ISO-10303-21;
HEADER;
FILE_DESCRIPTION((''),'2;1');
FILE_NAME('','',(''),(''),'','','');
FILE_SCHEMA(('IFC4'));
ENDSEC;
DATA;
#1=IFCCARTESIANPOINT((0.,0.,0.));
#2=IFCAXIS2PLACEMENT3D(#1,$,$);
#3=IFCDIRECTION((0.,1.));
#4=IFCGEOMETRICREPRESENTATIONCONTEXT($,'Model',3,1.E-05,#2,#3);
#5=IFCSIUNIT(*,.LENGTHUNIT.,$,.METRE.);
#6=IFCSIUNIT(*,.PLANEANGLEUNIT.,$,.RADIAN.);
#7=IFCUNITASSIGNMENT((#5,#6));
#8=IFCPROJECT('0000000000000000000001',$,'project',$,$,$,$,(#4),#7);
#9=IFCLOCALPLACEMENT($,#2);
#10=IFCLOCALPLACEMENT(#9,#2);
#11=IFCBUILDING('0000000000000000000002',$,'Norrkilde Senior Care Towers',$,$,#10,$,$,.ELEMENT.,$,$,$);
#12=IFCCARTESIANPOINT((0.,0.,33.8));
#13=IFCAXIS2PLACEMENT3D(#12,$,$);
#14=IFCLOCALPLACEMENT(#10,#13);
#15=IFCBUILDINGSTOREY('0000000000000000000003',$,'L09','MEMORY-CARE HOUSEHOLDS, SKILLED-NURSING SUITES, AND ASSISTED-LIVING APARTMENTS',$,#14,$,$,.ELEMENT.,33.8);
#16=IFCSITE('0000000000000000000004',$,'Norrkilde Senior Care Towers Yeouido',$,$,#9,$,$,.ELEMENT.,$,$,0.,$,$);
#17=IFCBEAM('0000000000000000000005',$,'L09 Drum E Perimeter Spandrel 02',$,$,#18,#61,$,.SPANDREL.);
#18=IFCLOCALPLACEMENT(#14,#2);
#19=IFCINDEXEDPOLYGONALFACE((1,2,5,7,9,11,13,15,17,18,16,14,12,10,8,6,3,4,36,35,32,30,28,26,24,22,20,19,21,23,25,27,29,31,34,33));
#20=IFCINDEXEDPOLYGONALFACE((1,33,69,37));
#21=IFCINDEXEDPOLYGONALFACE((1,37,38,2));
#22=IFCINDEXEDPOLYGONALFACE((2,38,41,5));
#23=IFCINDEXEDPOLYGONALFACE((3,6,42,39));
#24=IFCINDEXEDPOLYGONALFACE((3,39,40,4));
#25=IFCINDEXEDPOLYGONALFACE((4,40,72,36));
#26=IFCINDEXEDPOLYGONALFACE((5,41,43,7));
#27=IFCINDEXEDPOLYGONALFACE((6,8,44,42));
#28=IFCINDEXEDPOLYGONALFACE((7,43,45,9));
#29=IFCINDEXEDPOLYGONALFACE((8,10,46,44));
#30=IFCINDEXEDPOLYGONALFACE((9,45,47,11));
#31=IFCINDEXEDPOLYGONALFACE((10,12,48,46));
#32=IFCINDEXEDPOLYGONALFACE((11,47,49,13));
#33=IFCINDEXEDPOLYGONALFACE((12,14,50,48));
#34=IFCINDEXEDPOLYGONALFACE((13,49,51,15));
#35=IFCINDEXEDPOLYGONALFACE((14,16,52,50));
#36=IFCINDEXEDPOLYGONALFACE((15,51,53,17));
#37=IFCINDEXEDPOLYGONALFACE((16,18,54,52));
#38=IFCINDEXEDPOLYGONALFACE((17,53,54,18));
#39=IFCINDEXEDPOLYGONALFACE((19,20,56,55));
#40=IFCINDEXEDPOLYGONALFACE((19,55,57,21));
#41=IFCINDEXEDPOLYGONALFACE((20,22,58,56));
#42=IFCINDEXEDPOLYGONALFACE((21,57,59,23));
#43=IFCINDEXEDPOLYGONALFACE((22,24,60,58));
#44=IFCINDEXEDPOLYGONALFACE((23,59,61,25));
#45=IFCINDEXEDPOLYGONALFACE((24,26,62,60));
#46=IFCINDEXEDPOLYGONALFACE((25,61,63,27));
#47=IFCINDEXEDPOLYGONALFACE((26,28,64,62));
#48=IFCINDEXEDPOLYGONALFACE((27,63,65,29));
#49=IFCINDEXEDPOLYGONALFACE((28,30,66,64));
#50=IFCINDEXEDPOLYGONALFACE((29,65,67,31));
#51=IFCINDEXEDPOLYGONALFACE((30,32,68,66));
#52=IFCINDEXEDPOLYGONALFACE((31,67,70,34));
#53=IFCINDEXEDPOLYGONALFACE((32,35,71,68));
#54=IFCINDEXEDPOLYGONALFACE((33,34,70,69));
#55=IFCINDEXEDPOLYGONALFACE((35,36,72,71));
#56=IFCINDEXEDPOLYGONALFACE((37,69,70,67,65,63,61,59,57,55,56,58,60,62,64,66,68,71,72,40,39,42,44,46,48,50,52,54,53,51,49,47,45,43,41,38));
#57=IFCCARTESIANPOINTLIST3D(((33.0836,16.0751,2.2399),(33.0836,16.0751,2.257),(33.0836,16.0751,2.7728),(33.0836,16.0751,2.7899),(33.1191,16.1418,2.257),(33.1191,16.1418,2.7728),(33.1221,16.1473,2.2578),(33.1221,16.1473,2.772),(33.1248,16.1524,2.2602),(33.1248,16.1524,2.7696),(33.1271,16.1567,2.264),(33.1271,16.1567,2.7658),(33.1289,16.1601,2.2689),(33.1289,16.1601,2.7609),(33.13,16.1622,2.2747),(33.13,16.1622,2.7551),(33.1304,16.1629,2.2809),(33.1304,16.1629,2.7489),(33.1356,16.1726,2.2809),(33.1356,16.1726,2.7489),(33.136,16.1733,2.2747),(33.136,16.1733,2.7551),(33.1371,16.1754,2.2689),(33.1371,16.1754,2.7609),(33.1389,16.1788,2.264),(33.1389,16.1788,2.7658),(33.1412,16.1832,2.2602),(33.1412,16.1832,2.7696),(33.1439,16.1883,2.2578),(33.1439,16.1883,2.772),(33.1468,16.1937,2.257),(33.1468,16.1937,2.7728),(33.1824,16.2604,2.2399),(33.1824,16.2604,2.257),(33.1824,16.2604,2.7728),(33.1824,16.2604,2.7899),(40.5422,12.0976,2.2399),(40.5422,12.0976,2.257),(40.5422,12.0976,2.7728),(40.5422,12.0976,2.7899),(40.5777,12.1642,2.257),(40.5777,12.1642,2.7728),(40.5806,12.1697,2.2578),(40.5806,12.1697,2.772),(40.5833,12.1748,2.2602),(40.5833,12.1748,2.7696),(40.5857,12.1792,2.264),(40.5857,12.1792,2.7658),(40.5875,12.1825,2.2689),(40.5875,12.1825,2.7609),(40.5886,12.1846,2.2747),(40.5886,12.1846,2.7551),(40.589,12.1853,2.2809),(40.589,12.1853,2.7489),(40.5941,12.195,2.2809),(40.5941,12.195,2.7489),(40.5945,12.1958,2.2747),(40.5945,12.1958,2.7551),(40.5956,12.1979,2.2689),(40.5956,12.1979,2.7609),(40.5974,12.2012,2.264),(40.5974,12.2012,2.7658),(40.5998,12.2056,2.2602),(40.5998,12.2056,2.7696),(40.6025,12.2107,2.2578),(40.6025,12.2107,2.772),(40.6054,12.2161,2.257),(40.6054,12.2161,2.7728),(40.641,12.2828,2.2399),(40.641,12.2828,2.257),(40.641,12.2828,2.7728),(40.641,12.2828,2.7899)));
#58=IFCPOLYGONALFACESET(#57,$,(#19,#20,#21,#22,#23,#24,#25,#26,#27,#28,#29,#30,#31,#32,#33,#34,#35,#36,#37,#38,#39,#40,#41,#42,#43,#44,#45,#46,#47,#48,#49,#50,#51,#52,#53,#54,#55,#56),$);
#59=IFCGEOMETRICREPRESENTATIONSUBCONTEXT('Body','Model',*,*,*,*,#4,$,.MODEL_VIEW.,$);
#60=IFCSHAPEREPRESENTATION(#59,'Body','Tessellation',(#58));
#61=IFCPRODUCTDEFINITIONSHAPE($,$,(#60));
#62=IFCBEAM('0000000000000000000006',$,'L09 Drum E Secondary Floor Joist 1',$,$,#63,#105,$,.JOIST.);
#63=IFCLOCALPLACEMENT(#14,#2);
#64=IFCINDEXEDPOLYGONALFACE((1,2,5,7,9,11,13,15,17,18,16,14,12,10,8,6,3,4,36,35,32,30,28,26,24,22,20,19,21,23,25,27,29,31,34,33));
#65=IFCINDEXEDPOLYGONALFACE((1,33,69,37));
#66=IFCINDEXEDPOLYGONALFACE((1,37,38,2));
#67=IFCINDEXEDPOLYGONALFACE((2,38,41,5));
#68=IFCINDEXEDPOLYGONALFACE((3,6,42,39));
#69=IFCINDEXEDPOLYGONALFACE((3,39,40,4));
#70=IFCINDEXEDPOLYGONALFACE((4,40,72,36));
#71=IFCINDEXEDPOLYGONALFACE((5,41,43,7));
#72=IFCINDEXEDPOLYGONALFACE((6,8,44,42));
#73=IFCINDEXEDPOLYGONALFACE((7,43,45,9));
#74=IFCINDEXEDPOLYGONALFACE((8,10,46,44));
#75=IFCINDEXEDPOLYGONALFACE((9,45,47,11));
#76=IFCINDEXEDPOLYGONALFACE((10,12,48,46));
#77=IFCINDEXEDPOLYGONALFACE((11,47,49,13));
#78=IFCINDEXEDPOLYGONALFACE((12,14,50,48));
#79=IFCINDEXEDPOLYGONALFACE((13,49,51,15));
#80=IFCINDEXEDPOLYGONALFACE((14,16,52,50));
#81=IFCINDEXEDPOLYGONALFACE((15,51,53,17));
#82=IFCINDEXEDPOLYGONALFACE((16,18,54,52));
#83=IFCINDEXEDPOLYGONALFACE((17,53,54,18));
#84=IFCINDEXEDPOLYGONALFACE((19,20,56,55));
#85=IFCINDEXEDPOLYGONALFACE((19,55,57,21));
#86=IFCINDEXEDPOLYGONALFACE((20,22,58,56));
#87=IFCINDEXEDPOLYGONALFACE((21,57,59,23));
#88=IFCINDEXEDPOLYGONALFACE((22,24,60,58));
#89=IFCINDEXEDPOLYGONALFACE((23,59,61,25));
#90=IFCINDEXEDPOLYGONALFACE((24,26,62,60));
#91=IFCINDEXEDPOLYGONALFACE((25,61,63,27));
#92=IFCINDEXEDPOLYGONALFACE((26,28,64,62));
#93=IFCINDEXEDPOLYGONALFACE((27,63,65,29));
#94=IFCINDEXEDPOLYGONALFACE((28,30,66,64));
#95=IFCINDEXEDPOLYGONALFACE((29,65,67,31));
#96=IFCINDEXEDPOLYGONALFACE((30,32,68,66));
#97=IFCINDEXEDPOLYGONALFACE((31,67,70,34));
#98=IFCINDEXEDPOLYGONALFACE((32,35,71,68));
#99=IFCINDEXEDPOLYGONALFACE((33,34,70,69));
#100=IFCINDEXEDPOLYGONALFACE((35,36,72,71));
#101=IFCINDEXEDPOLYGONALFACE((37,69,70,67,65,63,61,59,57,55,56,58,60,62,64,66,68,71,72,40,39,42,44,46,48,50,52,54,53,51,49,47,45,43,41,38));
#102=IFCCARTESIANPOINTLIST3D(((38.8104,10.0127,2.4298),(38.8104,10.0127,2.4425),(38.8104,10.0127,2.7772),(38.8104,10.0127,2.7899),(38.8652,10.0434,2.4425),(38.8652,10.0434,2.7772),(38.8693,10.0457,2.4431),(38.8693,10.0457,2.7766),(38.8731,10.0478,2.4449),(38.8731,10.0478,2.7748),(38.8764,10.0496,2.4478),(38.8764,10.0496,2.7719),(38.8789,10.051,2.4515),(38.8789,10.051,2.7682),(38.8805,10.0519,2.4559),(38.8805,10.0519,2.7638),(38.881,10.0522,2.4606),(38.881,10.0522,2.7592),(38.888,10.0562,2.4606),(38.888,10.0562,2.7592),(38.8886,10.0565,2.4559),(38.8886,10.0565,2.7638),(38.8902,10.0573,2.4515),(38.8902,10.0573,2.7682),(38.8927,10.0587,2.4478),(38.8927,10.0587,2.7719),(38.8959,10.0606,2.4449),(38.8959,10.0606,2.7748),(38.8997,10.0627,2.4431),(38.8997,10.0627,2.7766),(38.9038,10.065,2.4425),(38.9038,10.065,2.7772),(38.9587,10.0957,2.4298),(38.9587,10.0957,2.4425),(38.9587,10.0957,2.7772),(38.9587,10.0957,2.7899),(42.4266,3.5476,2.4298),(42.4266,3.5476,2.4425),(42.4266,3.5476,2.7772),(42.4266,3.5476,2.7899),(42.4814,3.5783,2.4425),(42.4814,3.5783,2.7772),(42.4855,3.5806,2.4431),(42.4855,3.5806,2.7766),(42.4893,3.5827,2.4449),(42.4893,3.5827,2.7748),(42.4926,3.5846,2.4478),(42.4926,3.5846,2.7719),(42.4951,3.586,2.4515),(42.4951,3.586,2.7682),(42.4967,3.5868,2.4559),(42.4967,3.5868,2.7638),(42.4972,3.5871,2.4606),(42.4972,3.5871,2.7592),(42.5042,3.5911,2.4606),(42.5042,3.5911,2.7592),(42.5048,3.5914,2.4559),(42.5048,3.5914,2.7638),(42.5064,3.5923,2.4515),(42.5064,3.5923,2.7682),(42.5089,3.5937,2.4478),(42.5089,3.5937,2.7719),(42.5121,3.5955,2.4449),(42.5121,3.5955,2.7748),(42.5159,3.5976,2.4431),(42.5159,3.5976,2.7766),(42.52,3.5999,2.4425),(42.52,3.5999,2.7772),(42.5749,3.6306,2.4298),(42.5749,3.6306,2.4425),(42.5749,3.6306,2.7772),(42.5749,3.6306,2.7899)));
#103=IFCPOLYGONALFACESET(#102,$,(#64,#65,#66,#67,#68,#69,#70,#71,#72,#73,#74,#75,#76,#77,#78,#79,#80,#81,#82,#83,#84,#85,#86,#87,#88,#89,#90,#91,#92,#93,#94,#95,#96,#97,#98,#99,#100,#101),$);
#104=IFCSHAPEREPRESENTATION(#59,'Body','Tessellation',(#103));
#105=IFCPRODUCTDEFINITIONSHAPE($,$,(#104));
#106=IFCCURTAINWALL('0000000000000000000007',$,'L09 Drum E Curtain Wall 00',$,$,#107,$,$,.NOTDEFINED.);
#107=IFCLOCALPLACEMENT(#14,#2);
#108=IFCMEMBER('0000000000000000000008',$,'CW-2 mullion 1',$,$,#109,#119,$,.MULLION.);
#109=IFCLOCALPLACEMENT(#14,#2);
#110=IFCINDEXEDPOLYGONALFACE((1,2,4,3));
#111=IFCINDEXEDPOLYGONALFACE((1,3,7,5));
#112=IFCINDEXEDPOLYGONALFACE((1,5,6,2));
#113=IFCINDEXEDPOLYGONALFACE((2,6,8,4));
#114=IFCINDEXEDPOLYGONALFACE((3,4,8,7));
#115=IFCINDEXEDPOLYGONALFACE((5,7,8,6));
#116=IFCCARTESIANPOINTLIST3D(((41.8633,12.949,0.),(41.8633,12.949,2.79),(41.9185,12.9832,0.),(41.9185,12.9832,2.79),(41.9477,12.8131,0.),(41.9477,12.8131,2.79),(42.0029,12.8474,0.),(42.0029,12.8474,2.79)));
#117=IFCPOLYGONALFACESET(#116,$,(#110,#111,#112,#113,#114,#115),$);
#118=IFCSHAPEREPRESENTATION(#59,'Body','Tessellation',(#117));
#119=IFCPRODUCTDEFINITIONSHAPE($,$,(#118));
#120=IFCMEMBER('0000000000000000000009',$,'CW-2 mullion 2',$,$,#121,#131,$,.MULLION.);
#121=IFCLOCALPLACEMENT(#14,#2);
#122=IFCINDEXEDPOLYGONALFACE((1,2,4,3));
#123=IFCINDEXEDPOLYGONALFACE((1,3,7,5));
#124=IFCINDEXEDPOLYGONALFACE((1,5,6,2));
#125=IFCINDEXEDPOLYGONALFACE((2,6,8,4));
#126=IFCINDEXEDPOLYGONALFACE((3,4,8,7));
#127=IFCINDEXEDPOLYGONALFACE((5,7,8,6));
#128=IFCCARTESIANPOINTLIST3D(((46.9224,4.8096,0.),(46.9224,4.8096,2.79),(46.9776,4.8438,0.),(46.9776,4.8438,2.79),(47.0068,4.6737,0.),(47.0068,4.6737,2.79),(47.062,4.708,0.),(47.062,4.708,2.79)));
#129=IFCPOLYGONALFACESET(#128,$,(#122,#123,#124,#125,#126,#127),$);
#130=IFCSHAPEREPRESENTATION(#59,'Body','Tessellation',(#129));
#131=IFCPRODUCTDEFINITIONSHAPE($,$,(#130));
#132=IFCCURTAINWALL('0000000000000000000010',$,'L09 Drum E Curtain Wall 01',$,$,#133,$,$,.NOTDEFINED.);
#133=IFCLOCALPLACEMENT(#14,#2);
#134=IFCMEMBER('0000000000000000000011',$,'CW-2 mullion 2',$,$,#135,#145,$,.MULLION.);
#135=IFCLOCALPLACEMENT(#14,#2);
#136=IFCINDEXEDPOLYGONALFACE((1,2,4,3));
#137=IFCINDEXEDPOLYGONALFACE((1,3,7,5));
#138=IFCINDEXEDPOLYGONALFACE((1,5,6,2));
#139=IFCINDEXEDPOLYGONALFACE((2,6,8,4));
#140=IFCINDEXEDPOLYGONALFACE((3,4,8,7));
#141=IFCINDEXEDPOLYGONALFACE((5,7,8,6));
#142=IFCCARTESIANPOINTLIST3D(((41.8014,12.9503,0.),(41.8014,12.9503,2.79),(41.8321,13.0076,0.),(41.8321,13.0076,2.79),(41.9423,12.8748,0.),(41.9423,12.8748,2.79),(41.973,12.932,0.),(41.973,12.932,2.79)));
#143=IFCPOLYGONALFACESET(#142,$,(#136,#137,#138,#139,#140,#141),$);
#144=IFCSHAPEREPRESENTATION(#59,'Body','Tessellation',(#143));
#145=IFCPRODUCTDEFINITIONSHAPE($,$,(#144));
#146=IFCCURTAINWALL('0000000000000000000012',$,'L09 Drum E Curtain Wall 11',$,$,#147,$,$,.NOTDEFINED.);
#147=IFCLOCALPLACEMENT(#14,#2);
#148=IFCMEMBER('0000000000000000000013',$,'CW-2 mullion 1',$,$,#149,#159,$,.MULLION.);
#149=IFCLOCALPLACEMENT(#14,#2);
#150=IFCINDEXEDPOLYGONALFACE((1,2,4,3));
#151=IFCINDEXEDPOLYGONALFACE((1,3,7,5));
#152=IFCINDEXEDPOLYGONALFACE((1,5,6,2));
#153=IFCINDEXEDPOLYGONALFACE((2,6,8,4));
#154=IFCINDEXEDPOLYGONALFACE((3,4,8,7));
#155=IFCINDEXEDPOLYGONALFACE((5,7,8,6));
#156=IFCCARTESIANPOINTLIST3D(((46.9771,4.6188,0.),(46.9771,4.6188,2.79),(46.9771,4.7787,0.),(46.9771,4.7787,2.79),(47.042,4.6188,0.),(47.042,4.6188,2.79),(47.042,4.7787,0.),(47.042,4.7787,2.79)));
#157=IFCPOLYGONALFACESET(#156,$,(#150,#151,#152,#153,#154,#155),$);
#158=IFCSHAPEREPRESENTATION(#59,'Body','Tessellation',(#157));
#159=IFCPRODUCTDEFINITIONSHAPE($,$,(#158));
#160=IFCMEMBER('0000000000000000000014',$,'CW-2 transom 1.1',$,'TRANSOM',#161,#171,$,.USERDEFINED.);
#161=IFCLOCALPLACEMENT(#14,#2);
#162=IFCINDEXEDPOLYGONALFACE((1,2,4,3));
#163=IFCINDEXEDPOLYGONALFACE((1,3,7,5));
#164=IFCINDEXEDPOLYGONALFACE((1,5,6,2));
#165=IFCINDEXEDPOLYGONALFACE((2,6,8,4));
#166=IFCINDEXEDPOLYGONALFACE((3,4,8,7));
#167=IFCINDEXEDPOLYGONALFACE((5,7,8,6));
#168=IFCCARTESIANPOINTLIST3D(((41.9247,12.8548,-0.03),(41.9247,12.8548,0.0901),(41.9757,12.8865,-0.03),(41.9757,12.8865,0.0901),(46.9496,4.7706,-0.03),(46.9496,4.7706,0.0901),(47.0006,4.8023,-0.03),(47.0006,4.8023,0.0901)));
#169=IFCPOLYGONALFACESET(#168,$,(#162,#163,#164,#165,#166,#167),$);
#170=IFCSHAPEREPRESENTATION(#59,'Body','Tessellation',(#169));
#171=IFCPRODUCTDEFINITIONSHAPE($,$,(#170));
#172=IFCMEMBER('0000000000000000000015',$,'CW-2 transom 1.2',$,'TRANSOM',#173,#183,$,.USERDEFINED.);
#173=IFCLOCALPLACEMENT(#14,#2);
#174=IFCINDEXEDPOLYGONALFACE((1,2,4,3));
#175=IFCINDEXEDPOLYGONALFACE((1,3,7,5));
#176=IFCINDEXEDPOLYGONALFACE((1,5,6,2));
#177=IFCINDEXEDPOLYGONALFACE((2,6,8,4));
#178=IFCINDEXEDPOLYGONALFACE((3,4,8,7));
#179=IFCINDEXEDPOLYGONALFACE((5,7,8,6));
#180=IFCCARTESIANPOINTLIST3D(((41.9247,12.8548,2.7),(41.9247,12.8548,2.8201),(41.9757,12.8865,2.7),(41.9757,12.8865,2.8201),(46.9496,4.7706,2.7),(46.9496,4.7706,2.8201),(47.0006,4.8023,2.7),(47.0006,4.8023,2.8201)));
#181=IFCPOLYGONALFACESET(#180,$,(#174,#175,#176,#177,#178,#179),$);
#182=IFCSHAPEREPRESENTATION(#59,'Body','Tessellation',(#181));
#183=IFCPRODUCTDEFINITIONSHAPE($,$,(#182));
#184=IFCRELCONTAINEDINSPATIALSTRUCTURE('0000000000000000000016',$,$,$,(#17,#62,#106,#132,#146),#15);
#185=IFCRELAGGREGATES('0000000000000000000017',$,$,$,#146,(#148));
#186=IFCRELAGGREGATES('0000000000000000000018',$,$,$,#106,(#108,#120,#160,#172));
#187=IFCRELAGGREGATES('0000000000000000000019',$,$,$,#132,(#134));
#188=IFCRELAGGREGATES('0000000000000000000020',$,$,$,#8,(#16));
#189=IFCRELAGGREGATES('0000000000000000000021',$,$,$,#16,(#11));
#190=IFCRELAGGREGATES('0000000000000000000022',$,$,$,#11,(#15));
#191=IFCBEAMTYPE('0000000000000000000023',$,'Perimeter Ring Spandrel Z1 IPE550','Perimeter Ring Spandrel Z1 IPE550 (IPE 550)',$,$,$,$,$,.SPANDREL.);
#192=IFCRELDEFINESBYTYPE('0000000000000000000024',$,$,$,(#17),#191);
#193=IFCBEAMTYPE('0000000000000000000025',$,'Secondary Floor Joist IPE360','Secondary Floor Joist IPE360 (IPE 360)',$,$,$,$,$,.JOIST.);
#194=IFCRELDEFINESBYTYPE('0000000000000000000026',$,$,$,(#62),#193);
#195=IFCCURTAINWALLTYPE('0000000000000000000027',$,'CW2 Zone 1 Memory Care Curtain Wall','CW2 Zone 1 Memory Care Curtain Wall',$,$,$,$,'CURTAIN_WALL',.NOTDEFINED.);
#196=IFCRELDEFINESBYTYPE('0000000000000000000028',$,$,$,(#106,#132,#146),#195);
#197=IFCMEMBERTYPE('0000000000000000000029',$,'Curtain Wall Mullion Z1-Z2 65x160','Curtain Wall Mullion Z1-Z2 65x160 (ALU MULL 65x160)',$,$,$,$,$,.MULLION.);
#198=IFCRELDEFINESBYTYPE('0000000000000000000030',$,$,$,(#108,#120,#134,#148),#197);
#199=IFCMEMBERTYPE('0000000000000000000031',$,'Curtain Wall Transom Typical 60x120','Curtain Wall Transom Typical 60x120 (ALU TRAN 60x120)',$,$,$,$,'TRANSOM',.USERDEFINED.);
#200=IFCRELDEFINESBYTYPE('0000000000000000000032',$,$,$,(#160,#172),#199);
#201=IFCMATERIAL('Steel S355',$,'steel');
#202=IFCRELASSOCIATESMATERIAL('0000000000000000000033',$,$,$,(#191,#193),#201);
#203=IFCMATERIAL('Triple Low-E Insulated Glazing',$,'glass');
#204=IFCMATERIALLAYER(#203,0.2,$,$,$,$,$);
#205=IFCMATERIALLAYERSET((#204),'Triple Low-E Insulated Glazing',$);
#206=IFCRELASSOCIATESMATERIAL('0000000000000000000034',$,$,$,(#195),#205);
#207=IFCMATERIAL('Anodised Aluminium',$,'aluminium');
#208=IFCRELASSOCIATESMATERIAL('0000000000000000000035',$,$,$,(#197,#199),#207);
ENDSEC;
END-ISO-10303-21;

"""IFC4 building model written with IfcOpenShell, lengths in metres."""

from ifc_helpers import new_model, si_unit, direction, frame, origin, origin_2d, place, context, subcontext, project, spatial, rectangle, i_section, extrude, source, transform, mapped, material, layer, layer_set, material_profile, profile_set, type_object, type_shapes, element, aggregate, save


model = new_model("IFC4")

# Units and contexts
model_context = context("Model", 3, precision=1e-05, world=origin(), true_north=direction((0.0, 1.0)))
body_context = subcontext(model_context, "Body", "Model", "MODEL_VIEW")
ifc_project = project(units=[si_unit("LENGTHUNIT", "METRE"), si_unit("PLANEANGLEUNIT", "RADIAN")], contexts=[model_context])

# Site, building, storey
site_placement = place(None, origin())
site = spatial("IfcSite", under=ifc_project, at=site_placement, Name="Norrkilde Senior Care Towers Yeouido", CompositionType="ELEMENT", RefElevation=0.0)
building_placement = place(site_placement, origin())
building = spatial("IfcBuilding", under=site, at=building_placement, Name="Norrkilde Senior Care Towers", CompositionType="ELEMENT")
storey_placement = place(building_placement, frame((0.0, 0.0, 33.8)))
storey = spatial("IfcBuildingStorey", under=building, at=storey_placement, Name="L09", Description="MEMORY-CARE HOUSEHOLDS, SKILLED-NURSING SUITES, AND ASSISTED-LIVING APARTMENTS", CompositionType="ELEMENT", Elevation=33.8)

# Beams
ifc_material_1 = material(Name="Steel S355", Category="steel")
ifc_material_profile_1 = material_profile(ifc_material_1, i_section(OverallWidth=0.21, OverallDepth=0.55, WebThickness=0.011, FlangeThickness=0.0171, FilletRadius=0.0239, at=origin_2d()), Name="IPE 550")
ifc_profile_set_1 = profile_set([ifc_material_profile_1], Name="Steel S355")
beam_type_1 = type_object("IfcBeamType", Name="Perimeter Ring Spandrel Z1 IPE550", Description="Perimeter Ring Spandrel Z1 IPE550 (IPE 550)", PredefinedType="SPANDREL", material=ifc_profile_set_1)
shared_shape_1 = source(origin(), body_context, "Body", "SweptSolid", [
    extrude(i_section(OverallWidth=0.21, OverallDepth=0.55, WebThickness=0.011, FlangeThickness=0.0171, FilletRadius=0.0239, at=origin_2d()), origin(), (0.0, 0.0, 1.0), 8.4529),
])
beam_1_placement = place(storey_placement, frame((40.5916, 12.1902, 2.5149), z_axis=(-0.882369, 0.470558, 0.0), x_axis=(-0.470558, -0.882369, 0.0)))
element("IfcBeam", 1, at=beam_1_placement, inside=storey, type_object=beam_type_1, Name="L09 Drum E Perimeter Spandrel 02", PredefinedType="SPANDREL", context=body_context, shape_type="MappedRepresentation", body=[
    mapped(shared_shape_1, transform((0.0, 0.0, 0.0), x_axis=(1.0, 0.0, 0.0), y_axis=(0.0, 1.0, 0.0), z_axis=(0.0, 0.0, 1.0), scale=1.0)),
])
ifc_material_profile_2 = material_profile(ifc_material_1, i_section(OverallWidth=0.1699, OverallDepth=0.3601, WebThickness=0.0081, FlangeThickness=0.0127, FilletRadius=0.0181, at=origin_2d()), Name="IPE 360")
ifc_profile_set_2 = profile_set([ifc_material_profile_2], Name="Steel S355")
beam_type_2 = type_object("IfcBeamType", Name="Secondary Floor Joist IPE360", Description="Secondary Floor Joist IPE360 (IPE 360)", PredefinedType="JOIST", material=ifc_profile_set_2)
shared_shape_2 = source(origin(), body_context, "Body", "SweptSolid", [
    extrude(i_section(OverallWidth=0.1699, OverallDepth=0.3601, WebThickness=0.0081, FlangeThickness=0.0127, FilletRadius=0.0181, at=origin_2d()), origin(), (0.0, 0.0, 1.0), 7.4077),
])
type_shapes(beam_type_2, [shared_shape_2])
beam_2_placement = place(storey_placement, frame((42.5007, 3.5891, 2.6099), z_axis=(-0.488168, 0.87275, 0.0), x_axis=(-0.87275, -0.488168, 0.0)))
element("IfcBeam", 2, at=beam_2_placement, inside=storey, type_object=beam_type_2, Name="L09 Drum E Secondary Floor Joist 1", PredefinedType="JOIST", context=body_context, shape_type="MappedRepresentation", body=[
    mapped(shared_shape_2, transform((0.0, 0.0, 0.0), x_axis=(1.0, 0.0, 0.0), y_axis=(0.0, 1.0, 0.0), z_axis=(0.0, 0.0, 1.0), scale=1.0)),
])

# Curtain wall, members
ifc_material_2 = material(Name="Triple Low-E Insulated Glazing", Category="glass")
ifc_layer_1 = layer(ifc_material_2, 0.2)
ifc_layer_set_1 = layer_set([ifc_layer_1], Name="Triple Low-E Insulated Glazing")
curtain_wall_type = type_object("IfcCurtainWallType", Name="CW2 Zone 1 Memory Care Curtain Wall", Description="CW2 Zone 1 Memory Care Curtain Wall", ElementType="CURTAIN_WALL", PredefinedType="NOTDEFINED", material=ifc_layer_set_1)
curtain_wall_1_placement = place(storey_placement, origin())
curtain_wall_1 = element("IfcCurtainWall", 3, at=curtain_wall_1_placement, inside=storey, type_object=curtain_wall_type, Name="L09 Drum E Curtain Wall 00", PredefinedType="NOTDEFINED")
ifc_material_3 = material(Name="Anodised Aluminium", Category="aluminium")
ifc_material_profile_3 = material_profile(ifc_material_3, rectangle(XDim=0.0649, YDim=0.1599, at=origin_2d()), Name="ALU MULL 65x160")
ifc_profile_set_3 = profile_set([ifc_material_profile_3], Name="Anodised Aluminium")
member_type_1 = type_object("IfcMemberType", Name="Curtain Wall Mullion Z1-Z2 65x160", Description="Curtain Wall Mullion Z1-Z2 65x160 (ALU MULL 65x160)", PredefinedType="MULLION", material=ifc_profile_set_3)
shared_shape_3 = source(origin(), body_context, "Body", "SweptSolid", [
    extrude(rectangle(XDim=0.0649, YDim=0.1599, at=origin_2d()), origin(), (0.0, 0.0, 1.0), 2.79),
])
type_shapes(member_type_1, [shared_shape_3])
member_1_placement = place(storey_placement, frame((41.9331, 12.8982, 0.0), z_axis=(0.0, 0.0, 1.0), x_axis=(0.849306, 0.527901, 0.0)))
member_1 = element("IfcMember", 4, at=member_1_placement, type_object=member_type_1, Name="CW-2 mullion 1", PredefinedType="MULLION", context=body_context, shape_type="MappedRepresentation", body=[
    mapped(shared_shape_3, transform((0.0, 0.0, 0.0), x_axis=(1.0, 0.0, 0.0), y_axis=(0.0, 1.0, 0.0), z_axis=(0.0, 0.0, 1.0), scale=1.0)),
])
member_2_placement = place(storey_placement, frame((46.9922, 4.7588, 0.0), z_axis=(0.0, 0.0, 1.0), x_axis=(0.849306, 0.527901, 0.0)))
member_2 = element("IfcMember", 5, at=member_2_placement, type_object=member_type_1, Name="CW-2 mullion 2", PredefinedType="MULLION", context=body_context, shape_type="MappedRepresentation", body=[
    mapped(shared_shape_3, transform((0.0, 0.0, 0.0), x_axis=(1.0, 0.0, 0.0), y_axis=(0.0, 1.0, 0.0), z_axis=(0.0, 0.0, 1.0), scale=1.0)),
])

# Curtain walls, members
curtain_wall_2_placement = place(storey_placement, origin())
curtain_wall_2 = element("IfcCurtainWall", 6, at=curtain_wall_2_placement, inside=storey, type_object=curtain_wall_type, Name="L09 Drum E Curtain Wall 01", PredefinedType="NOTDEFINED")
member_3_placement = place(storey_placement, frame((41.8872, 12.9412, 0.0), z_axis=(0.0, 0.0, 1.0), x_axis=(0.472608, 0.881273, 0.0)))
member_3 = element("IfcMember", 7, at=member_3_placement, type_object=member_type_1, Name="CW-2 mullion 2", PredefinedType="MULLION", context=body_context, shape_type="MappedRepresentation", body=[
    mapped(shared_shape_3, transform((0.0, 0.0, 0.0), x_axis=(1.0, 0.0, 0.0), y_axis=(0.0, 1.0, 0.0), z_axis=(0.0, 0.0, 1.0), scale=1.0)),
])
curtain_wall_3_placement = place(storey_placement, origin())
curtain_wall_3 = element("IfcCurtainWall", 8, at=curtain_wall_3_placement, inside=storey, type_object=curtain_wall_type, Name="L09 Drum E Curtain Wall 11", PredefinedType="NOTDEFINED")
member_4_placement = place(storey_placement, frame((47.0095, 4.6987, 0.0), z_axis=(0.0, 0.0, 1.0), x_axis=(1.0, 0.0, 0.0)))
member_4 = element("IfcMember", 9, at=member_4_placement, type_object=member_type_1, Name="CW-2 mullion 1", PredefinedType="MULLION", context=body_context, shape_type="MappedRepresentation", body=[
    mapped(shared_shape_3, transform((0.0, 0.0, 0.0), x_axis=(1.0, 0.0, 0.0), y_axis=(0.0, 1.0, 0.0), z_axis=(0.0, 0.0, 1.0), scale=1.0)),
])

# Members
ifc_material_profile_4 = material_profile(ifc_material_3, rectangle(XDim=0.0601, YDim=0.1201, at=origin_2d()), Name="ALU TRAN 60x120")
ifc_profile_set_4 = profile_set([ifc_material_profile_4], Name="Anodised Aluminium")
member_type_2 = type_object("IfcMemberType", Name="Curtain Wall Transom Typical 60x120", Description="Curtain Wall Transom Typical 60x120 (ALU TRAN 60x120)", ElementType="TRANSOM", PredefinedType="USERDEFINED", material=ifc_profile_set_4)
shared_shape_4 = source(origin(), body_context, "Body", "SweptSolid", [
    extrude(rectangle(XDim=0.0601, YDim=0.1201, at=origin_2d()), origin(), (0.0, 0.0, 1.0), 9.5186),
])
member_5_placement = place(storey_placement, frame((41.9502, 12.8706, 0.03), z_axis=(0.527902, -0.849306, 0.0), x_axis=(0.849306, 0.527902, 0.0)))
member_5 = element("IfcMember", 10, at=member_5_placement, type_object=member_type_2, Name="CW-2 transom 1.1", ObjectType="TRANSOM", PredefinedType="USERDEFINED", context=body_context, shape_type="MappedRepresentation", body=[
    mapped(shared_shape_4, transform((0.0, 0.0, 0.0), x_axis=(1.0, 0.0, 0.0), y_axis=(0.0, 1.0, 0.0), z_axis=(0.0, 0.0, 1.0), scale=1.0)),
])
member_6_placement = place(storey_placement, frame((41.9502, 12.8706, 2.76), z_axis=(0.527902, -0.849306, 0.0), x_axis=(0.849306, 0.527902, 0.0)))
member_6 = element("IfcMember", 11, at=member_6_placement, type_object=member_type_2, Name="CW-2 transom 1.2", ObjectType="TRANSOM", PredefinedType="USERDEFINED", context=body_context, shape_type="MappedRepresentation", body=[
    mapped(shared_shape_4, transform((0.0, 0.0, 0.0), x_axis=(1.0, 0.0, 0.0), y_axis=(0.0, 1.0, 0.0), z_axis=(0.0, 0.0, 1.0), scale=1.0)),
])
aggregate(curtain_wall_3, [member_4])

aggregate(curtain_wall_1, [member_1, member_2, member_5, member_6])
aggregate(curtain_wall_2, [member_3])

save(model, "model.ifc")
